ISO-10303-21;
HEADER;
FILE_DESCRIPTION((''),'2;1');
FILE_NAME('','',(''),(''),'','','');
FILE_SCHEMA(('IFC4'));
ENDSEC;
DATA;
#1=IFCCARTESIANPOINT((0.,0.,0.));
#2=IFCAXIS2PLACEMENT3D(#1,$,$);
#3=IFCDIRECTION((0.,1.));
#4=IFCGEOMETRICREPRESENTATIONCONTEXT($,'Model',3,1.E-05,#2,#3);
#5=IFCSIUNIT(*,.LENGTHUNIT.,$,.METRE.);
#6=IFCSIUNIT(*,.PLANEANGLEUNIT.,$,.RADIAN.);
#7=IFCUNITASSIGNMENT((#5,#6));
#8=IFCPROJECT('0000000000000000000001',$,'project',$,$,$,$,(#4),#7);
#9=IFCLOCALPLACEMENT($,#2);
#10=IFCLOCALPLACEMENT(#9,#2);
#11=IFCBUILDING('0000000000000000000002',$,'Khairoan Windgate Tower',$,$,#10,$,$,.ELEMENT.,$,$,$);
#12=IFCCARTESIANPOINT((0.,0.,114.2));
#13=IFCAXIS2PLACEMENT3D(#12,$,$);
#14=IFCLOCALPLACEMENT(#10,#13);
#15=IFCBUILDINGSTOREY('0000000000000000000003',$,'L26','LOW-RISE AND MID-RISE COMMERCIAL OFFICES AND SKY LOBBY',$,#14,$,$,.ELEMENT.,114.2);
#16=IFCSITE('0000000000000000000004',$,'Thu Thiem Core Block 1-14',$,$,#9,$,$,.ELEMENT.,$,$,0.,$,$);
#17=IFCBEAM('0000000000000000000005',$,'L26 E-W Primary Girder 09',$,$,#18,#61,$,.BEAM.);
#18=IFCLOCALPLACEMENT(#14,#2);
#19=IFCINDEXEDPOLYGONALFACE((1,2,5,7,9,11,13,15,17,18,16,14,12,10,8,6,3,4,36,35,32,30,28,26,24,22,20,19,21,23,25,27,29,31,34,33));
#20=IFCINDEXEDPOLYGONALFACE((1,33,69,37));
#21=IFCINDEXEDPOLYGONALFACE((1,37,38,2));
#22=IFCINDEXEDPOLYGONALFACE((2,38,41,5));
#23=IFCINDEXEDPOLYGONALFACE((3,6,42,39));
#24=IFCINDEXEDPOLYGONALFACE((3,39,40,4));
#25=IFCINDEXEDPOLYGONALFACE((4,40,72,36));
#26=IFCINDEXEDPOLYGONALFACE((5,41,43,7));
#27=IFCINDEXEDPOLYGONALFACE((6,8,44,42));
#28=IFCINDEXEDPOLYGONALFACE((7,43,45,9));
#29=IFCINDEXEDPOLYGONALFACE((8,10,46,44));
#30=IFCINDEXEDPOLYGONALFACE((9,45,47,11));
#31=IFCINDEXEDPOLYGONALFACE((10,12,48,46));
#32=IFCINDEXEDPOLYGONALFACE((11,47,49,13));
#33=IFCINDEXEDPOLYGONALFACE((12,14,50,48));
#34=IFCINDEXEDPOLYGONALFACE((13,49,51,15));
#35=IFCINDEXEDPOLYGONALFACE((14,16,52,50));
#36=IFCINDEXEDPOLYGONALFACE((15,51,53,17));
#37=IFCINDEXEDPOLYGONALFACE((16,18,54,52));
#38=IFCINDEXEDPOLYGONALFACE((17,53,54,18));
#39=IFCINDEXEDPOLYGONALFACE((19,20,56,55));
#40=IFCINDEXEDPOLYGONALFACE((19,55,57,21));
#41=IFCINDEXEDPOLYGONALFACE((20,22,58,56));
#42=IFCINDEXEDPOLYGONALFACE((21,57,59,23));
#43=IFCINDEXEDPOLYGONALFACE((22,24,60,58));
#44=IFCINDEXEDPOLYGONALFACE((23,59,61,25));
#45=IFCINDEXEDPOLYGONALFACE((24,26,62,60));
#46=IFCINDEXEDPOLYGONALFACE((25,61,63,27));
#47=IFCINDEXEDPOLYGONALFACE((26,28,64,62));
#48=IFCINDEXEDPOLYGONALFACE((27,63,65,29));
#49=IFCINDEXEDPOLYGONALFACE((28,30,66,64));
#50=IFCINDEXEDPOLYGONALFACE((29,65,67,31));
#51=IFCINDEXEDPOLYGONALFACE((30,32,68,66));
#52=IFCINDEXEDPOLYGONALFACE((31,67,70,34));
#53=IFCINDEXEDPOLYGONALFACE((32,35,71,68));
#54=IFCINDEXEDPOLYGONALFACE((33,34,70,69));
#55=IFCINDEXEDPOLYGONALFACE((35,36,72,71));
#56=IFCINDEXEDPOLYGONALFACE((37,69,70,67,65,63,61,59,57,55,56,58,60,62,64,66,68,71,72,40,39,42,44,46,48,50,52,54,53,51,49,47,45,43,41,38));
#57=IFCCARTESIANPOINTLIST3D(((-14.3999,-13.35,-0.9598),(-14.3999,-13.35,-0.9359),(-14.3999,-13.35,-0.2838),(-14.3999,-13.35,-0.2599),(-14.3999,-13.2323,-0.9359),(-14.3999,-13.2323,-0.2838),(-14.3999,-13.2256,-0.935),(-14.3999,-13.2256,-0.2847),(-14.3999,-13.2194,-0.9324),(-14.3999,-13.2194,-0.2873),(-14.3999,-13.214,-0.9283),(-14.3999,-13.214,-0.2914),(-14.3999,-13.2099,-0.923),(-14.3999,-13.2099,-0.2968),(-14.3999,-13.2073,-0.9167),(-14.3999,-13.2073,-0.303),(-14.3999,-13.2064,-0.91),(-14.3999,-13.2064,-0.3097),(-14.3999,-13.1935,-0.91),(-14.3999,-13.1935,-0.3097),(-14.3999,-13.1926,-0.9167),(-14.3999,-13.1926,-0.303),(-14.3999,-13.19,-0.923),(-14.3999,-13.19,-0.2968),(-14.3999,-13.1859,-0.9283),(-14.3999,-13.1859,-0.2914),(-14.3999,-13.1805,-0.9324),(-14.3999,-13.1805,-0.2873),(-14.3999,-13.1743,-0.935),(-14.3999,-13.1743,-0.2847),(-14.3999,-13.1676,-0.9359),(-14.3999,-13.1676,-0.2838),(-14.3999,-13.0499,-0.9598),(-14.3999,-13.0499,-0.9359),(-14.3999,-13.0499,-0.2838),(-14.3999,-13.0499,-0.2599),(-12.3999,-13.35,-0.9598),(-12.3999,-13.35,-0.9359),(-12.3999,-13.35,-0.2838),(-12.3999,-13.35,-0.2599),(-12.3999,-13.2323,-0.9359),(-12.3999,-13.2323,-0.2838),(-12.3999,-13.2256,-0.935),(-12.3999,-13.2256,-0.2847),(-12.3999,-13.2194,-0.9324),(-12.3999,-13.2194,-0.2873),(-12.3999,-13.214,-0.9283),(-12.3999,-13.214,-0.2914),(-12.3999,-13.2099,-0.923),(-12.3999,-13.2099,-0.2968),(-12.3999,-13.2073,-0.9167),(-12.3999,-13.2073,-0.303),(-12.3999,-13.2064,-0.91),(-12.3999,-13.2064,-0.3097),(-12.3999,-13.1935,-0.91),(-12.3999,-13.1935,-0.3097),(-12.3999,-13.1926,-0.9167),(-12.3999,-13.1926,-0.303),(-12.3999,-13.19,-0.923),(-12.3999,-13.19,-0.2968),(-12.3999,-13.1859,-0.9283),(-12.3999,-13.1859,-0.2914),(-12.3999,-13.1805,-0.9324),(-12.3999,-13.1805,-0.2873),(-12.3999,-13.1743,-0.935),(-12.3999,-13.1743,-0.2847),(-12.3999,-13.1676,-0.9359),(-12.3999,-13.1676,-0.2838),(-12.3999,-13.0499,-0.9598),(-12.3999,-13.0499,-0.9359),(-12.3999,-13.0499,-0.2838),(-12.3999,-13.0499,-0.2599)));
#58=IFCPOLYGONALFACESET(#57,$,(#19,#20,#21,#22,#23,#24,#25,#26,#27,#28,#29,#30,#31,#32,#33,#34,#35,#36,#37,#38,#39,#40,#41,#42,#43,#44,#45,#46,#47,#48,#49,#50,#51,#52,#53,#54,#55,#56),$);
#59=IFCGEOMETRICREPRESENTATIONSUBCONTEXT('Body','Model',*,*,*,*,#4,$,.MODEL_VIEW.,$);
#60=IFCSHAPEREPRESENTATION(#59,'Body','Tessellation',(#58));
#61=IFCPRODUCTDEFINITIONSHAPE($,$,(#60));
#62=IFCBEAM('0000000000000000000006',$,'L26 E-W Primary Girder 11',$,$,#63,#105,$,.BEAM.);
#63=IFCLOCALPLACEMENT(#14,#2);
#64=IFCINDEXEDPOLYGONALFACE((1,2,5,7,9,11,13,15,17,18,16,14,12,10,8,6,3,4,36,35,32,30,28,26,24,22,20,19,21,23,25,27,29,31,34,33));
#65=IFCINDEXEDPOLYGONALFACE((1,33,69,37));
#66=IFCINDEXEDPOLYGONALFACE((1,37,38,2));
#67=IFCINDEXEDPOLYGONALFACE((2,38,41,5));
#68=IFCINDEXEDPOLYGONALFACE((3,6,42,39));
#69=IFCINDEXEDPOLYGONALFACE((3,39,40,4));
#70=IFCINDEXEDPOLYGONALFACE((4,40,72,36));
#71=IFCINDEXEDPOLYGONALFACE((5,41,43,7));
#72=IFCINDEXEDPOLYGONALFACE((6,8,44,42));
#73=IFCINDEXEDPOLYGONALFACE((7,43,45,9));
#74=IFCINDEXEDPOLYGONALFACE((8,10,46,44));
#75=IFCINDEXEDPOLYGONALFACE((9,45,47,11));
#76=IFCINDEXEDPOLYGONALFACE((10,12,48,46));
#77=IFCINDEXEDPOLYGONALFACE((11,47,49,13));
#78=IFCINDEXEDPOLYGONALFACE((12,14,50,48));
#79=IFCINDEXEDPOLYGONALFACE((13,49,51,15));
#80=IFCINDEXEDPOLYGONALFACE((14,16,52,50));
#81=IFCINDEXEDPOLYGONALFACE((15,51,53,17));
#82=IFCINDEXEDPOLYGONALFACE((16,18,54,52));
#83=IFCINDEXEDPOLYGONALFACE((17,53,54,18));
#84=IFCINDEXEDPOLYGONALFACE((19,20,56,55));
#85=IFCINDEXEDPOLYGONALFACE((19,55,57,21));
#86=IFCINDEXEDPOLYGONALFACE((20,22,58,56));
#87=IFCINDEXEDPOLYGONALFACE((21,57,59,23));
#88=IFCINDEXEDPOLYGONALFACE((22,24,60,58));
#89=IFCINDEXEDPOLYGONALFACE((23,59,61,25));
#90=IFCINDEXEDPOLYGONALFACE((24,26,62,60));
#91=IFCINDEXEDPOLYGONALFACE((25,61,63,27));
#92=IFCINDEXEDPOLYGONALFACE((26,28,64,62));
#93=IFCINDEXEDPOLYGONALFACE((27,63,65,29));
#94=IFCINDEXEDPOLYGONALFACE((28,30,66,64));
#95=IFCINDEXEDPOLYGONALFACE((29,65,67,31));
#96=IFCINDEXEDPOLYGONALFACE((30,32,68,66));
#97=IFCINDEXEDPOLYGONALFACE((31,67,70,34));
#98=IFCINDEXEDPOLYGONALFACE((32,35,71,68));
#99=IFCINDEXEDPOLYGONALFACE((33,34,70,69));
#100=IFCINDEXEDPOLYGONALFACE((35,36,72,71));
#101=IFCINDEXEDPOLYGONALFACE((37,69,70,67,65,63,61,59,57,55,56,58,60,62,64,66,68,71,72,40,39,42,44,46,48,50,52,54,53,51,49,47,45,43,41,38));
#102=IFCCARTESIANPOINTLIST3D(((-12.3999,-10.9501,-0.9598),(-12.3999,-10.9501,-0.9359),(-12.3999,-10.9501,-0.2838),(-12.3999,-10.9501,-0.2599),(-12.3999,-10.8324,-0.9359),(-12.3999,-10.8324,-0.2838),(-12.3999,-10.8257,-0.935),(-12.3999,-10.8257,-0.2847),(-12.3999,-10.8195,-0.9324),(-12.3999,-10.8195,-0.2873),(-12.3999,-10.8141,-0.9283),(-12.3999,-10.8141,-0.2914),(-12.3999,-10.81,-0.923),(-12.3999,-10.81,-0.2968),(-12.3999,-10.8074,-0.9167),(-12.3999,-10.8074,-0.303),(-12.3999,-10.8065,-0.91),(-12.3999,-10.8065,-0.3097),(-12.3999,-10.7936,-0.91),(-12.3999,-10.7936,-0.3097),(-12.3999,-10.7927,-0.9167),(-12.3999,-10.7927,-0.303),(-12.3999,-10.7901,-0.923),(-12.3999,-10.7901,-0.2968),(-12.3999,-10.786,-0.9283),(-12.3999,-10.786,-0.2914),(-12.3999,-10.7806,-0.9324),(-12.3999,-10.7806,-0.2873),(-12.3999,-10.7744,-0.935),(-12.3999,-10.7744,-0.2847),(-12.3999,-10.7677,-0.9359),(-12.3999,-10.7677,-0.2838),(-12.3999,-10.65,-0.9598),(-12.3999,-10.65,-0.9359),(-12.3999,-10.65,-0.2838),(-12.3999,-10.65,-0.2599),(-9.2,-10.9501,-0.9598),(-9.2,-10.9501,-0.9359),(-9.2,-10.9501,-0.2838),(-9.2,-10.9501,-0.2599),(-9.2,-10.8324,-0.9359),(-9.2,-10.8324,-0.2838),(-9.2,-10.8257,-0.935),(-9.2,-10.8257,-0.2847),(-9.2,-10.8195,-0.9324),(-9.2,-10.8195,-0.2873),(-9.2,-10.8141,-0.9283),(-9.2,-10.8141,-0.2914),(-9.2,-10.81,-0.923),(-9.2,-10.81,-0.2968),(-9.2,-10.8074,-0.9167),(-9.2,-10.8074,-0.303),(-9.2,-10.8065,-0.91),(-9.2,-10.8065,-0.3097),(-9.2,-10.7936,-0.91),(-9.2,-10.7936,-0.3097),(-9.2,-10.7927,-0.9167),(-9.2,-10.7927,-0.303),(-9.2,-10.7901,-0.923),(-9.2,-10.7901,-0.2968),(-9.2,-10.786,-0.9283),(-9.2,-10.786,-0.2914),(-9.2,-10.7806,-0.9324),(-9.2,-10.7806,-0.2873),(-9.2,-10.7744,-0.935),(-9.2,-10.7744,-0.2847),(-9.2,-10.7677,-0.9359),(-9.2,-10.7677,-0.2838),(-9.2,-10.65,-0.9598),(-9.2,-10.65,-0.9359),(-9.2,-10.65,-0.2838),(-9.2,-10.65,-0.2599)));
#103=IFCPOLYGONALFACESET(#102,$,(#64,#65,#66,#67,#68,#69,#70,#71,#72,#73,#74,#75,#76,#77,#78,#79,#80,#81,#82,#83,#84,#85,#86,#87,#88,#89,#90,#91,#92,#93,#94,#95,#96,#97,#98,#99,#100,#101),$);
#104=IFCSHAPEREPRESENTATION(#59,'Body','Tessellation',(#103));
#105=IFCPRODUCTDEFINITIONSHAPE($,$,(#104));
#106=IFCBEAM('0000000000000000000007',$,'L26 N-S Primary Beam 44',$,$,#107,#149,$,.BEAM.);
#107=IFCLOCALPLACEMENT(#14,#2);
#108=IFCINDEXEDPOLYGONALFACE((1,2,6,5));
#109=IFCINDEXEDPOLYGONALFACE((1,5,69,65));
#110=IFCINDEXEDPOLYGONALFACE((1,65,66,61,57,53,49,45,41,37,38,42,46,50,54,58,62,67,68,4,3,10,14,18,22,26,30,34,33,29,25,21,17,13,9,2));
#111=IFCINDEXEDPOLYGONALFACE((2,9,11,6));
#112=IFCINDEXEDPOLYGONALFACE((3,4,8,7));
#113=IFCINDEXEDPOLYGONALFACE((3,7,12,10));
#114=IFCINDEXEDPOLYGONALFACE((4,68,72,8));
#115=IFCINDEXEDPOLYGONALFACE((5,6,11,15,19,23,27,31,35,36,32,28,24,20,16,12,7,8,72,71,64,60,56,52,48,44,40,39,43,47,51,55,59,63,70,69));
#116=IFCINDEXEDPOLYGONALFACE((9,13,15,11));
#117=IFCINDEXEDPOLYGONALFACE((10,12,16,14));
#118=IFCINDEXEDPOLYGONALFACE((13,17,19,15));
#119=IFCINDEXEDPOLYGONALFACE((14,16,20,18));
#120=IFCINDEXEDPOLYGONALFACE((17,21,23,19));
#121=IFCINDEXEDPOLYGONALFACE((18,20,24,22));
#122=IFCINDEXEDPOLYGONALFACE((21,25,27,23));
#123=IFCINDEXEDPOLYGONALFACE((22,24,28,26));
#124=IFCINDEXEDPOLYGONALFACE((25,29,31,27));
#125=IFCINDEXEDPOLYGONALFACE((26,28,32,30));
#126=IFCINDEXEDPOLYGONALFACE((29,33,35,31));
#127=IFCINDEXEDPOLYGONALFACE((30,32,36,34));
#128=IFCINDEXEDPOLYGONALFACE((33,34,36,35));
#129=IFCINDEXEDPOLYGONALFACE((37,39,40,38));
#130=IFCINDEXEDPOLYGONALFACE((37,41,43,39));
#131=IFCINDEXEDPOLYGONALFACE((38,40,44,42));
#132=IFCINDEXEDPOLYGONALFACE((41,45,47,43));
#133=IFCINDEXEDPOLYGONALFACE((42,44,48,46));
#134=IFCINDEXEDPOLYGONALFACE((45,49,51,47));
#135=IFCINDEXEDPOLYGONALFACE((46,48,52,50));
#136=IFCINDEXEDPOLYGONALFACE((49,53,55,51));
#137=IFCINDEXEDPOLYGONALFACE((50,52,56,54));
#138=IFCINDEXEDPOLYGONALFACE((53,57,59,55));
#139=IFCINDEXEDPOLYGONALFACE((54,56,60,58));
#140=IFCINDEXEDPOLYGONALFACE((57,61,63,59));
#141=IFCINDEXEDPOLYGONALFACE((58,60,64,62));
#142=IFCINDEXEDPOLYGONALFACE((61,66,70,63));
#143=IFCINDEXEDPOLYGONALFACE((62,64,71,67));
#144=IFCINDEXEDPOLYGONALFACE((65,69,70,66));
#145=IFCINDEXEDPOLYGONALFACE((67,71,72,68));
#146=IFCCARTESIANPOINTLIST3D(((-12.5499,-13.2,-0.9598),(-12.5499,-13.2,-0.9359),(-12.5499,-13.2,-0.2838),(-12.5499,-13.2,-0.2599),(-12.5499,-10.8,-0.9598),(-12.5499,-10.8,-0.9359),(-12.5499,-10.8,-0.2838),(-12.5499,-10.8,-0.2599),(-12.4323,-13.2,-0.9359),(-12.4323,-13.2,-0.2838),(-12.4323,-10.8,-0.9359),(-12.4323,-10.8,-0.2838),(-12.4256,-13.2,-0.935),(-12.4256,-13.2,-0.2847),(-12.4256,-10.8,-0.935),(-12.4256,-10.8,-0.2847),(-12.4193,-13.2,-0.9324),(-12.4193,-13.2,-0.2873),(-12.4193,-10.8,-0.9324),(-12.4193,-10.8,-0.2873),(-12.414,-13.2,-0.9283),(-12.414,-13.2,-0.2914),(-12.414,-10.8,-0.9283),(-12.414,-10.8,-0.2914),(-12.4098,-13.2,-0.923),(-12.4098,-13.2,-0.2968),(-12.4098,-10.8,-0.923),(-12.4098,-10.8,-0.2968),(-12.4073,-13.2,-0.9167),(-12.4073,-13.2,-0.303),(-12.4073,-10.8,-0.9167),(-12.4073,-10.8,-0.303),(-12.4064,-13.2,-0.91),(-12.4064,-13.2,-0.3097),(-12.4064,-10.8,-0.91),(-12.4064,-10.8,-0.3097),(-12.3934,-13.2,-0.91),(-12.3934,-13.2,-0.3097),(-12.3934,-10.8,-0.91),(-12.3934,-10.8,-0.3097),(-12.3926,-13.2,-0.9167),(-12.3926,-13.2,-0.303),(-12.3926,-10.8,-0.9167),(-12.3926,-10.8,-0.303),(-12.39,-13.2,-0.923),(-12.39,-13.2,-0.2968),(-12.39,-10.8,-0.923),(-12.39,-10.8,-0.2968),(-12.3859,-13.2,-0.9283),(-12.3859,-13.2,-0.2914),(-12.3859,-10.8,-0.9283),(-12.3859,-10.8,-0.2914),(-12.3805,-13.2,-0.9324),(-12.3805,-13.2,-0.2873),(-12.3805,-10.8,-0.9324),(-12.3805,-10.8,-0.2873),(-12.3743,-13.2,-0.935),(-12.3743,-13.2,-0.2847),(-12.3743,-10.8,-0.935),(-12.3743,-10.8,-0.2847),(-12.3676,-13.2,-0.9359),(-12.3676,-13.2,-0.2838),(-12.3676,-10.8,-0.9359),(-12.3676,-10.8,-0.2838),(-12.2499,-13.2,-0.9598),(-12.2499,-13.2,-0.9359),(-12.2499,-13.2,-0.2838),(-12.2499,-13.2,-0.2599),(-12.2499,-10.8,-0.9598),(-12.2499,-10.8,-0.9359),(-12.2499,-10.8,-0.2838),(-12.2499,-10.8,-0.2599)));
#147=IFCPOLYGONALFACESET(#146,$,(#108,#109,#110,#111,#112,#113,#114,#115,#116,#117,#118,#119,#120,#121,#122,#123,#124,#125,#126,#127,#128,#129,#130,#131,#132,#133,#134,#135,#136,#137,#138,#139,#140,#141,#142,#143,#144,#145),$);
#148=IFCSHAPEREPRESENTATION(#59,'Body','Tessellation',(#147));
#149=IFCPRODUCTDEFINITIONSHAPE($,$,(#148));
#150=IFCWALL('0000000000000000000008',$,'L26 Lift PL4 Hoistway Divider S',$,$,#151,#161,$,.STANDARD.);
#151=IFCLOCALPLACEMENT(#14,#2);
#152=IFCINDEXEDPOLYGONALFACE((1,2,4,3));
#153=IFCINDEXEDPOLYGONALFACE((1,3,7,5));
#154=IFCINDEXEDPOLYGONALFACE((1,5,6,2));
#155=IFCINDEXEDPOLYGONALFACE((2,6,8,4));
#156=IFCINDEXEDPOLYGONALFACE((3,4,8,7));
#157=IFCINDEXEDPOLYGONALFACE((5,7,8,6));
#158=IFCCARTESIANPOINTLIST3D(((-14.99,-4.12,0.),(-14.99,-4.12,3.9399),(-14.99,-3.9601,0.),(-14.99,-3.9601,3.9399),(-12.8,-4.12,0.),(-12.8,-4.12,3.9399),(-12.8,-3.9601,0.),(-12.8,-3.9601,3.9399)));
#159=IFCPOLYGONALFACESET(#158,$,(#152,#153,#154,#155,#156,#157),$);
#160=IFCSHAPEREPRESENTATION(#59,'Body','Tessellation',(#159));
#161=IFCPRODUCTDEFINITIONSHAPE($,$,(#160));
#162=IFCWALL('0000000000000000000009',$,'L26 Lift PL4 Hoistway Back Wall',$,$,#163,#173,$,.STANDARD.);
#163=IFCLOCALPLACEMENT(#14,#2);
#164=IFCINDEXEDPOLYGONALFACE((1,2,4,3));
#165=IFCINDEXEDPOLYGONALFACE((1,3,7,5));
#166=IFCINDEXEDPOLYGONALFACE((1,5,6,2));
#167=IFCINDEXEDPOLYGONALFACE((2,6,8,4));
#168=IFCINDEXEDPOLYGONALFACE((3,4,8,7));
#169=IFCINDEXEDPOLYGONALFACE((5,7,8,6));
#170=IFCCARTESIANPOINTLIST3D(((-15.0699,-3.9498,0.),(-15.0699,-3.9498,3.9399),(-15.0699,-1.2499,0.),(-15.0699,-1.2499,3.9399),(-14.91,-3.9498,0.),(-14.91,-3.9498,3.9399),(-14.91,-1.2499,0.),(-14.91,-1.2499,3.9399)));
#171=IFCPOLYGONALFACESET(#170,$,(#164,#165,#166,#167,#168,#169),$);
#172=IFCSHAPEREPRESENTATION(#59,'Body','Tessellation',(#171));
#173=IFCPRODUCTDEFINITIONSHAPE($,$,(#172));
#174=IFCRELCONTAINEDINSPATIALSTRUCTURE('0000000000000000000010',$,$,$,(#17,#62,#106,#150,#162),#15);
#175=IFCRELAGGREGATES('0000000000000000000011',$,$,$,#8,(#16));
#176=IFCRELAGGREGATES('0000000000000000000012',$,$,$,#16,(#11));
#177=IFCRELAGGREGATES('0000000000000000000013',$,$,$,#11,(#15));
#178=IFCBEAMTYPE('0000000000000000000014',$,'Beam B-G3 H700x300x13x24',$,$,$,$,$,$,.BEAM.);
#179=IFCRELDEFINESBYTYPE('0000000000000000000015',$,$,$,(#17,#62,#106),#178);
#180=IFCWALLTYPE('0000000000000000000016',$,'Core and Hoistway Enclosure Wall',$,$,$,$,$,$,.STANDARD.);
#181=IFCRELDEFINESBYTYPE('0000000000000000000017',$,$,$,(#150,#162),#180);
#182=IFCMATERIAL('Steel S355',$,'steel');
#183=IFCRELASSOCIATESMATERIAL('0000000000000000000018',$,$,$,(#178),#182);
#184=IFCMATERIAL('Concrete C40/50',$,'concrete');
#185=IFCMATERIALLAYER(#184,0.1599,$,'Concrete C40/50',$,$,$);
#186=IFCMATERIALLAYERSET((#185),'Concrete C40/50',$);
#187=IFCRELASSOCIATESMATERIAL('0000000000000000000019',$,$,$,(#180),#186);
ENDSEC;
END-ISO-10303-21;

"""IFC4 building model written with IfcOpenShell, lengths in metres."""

from ifc_helpers import new_model, si_unit, direction, frame, frame_2d, origin, origin_2d, place, context, subcontext, project, spatial, rectangle, i_section, extrude, material, layer, layer_set, material_profile, profile_set, type_object, element, save


model = new_model("IFC4")

# Units and contexts
model_context = context("Model", 3, precision=1e-05, world=origin(), true_north=direction((0.0, 1.0)))
body_context = subcontext(model_context, "Body", "Model", "MODEL_VIEW")
ifc_project = project(units=[si_unit("LENGTHUNIT", "METRE"), si_unit("PLANEANGLEUNIT", "RADIAN")], contexts=[model_context])

# Site, building, storey
site_placement = place(None, origin())
site = spatial("IfcSite", under=ifc_project, at=site_placement, Name="Thu Thiem Core Block 1-14", CompositionType="ELEMENT", RefElevation=0.0)
building_placement = place(site_placement, origin())
building = spatial("IfcBuilding", under=site, at=building_placement, Name="Khairoan Windgate Tower", CompositionType="ELEMENT")
storey_placement = place(building_placement, frame((0.0, 0.0, 114.2)))
storey = spatial("IfcBuildingStorey", under=building, at=storey_placement, Name="L26", Description="LOW-RISE AND MID-RISE COMMERCIAL OFFICES AND SKY LOBBY", CompositionType="ELEMENT", Elevation=114.2)

# Beams
ifc_material_1 = material(Name="Steel S355", Category="steel")
ifc_material_profile = material_profile(ifc_material_1, i_section(OverallWidth=0.3, OverallDepth=0.7, WebThickness=0.0129, FlangeThickness=0.0239, FilletRadius=0.0259, at=origin_2d()))
ifc_profile_set = profile_set([ifc_material_profile], Name="Steel S355")
beam_type = type_object("IfcBeamType", Name="Beam B-G3 H700x300x13x24", PredefinedType="BEAM", material=ifc_profile_set)
beam_1_placement = place(storey_placement, frame((-14.3999, -13.2, -0.6099), z_axis=(1.0, 0.0, 0.0), x_axis=(0.0, 1.0, 0.0)))
element("IfcBeam", 1, at=beam_1_placement, inside=storey, type_object=beam_type, Name="L26 E-W Primary Girder 09", PredefinedType="BEAM", context=body_context, shape_type="SweptSolid", body=[
    extrude(i_section(OverallWidth=0.3, OverallDepth=0.7, WebThickness=0.0129, FlangeThickness=0.0239, FilletRadius=0.0259, at=origin_2d()), origin(), (0.0, 0.0, 1.0), 2.0),
])
beam_2_placement = place(storey_placement, frame((-12.3999, -10.8, -0.6099), z_axis=(1.0, 0.0, 0.0), x_axis=(0.0, 1.0, 0.0)))
element("IfcBeam", 2, at=beam_2_placement, inside=storey, type_object=beam_type, Name="L26 E-W Primary Girder 11", PredefinedType="BEAM", context=body_context, shape_type="SweptSolid", body=[
    extrude(i_section(OverallWidth=0.3, OverallDepth=0.7, WebThickness=0.0129, FlangeThickness=0.0239, FilletRadius=0.0259, at=origin_2d()), origin(), (0.0, 0.0, 1.0), 3.2),
])
beam_3_placement = place(storey_placement, frame((-12.3999, -13.2, -0.6099), z_axis=(0.0, 1.0, 0.0), x_axis=(-1.0, 0.0, 0.0)))
element("IfcBeam", 3, at=beam_3_placement, inside=storey, type_object=beam_type, Name="L26 N-S Primary Beam 44", PredefinedType="BEAM", context=body_context, shape_type="SweptSolid", body=[
    extrude(i_section(OverallWidth=0.3, OverallDepth=0.7, WebThickness=0.0129, FlangeThickness=0.0239, FilletRadius=0.0259, at=origin_2d()), origin(), (0.0, 0.0, 1.0), 2.3999),
])

# Walls
ifc_material_2 = material(Name="Concrete C40/50", Category="concrete")
ifc_layer_1 = layer(ifc_material_2, 0.1599, Name="Concrete C40/50")
ifc_layer_set_1 = layer_set([ifc_layer_1], Name="Concrete C40/50")
wall_type_1 = type_object("IfcWallType", Name="Core and Hoistway Enclosure Wall", PredefinedType="STANDARD", material=ifc_layer_set_1)
wall_1_placement = place(storey_placement, frame((-14.99, -4.04, 0.0), z_axis=(0.0, 0.0, 1.0), x_axis=(1.0, 0.0, 0.0)))
element("IfcWall", 4, at=wall_1_placement, inside=storey, type_object=wall_type_1, Name="L26 Lift PL4 Hoistway Divider S", PredefinedType="STANDARD", context=body_context, shape_type="SweptSolid", body=[
    extrude(rectangle(XDim=2.1899, YDim=0.1599, at=frame_2d((1.095, 0.0))), origin(), (0.0, 0.0, 1.0), 3.9399),
])
wall_2_placement = place(storey_placement, frame((-14.99, -3.95, 0.0), z_axis=(0.0, 0.0, 1.0), x_axis=(0.0, 1.0, 0.0)))
element("IfcWall", 5, at=wall_2_placement, inside=storey, type_object=wall_type_1, Name="L26 Lift PL4 Hoistway Back Wall", PredefinedType="STANDARD", context=body_context, shape_type="SweptSolid", body=[
    extrude(rectangle(XDim=2.7, YDim=0.1599, at=frame_2d((1.3501, 0.0))), origin(), (0.0, 0.0, 1.0), 3.9399),
])

save(model, "model.ifc")
